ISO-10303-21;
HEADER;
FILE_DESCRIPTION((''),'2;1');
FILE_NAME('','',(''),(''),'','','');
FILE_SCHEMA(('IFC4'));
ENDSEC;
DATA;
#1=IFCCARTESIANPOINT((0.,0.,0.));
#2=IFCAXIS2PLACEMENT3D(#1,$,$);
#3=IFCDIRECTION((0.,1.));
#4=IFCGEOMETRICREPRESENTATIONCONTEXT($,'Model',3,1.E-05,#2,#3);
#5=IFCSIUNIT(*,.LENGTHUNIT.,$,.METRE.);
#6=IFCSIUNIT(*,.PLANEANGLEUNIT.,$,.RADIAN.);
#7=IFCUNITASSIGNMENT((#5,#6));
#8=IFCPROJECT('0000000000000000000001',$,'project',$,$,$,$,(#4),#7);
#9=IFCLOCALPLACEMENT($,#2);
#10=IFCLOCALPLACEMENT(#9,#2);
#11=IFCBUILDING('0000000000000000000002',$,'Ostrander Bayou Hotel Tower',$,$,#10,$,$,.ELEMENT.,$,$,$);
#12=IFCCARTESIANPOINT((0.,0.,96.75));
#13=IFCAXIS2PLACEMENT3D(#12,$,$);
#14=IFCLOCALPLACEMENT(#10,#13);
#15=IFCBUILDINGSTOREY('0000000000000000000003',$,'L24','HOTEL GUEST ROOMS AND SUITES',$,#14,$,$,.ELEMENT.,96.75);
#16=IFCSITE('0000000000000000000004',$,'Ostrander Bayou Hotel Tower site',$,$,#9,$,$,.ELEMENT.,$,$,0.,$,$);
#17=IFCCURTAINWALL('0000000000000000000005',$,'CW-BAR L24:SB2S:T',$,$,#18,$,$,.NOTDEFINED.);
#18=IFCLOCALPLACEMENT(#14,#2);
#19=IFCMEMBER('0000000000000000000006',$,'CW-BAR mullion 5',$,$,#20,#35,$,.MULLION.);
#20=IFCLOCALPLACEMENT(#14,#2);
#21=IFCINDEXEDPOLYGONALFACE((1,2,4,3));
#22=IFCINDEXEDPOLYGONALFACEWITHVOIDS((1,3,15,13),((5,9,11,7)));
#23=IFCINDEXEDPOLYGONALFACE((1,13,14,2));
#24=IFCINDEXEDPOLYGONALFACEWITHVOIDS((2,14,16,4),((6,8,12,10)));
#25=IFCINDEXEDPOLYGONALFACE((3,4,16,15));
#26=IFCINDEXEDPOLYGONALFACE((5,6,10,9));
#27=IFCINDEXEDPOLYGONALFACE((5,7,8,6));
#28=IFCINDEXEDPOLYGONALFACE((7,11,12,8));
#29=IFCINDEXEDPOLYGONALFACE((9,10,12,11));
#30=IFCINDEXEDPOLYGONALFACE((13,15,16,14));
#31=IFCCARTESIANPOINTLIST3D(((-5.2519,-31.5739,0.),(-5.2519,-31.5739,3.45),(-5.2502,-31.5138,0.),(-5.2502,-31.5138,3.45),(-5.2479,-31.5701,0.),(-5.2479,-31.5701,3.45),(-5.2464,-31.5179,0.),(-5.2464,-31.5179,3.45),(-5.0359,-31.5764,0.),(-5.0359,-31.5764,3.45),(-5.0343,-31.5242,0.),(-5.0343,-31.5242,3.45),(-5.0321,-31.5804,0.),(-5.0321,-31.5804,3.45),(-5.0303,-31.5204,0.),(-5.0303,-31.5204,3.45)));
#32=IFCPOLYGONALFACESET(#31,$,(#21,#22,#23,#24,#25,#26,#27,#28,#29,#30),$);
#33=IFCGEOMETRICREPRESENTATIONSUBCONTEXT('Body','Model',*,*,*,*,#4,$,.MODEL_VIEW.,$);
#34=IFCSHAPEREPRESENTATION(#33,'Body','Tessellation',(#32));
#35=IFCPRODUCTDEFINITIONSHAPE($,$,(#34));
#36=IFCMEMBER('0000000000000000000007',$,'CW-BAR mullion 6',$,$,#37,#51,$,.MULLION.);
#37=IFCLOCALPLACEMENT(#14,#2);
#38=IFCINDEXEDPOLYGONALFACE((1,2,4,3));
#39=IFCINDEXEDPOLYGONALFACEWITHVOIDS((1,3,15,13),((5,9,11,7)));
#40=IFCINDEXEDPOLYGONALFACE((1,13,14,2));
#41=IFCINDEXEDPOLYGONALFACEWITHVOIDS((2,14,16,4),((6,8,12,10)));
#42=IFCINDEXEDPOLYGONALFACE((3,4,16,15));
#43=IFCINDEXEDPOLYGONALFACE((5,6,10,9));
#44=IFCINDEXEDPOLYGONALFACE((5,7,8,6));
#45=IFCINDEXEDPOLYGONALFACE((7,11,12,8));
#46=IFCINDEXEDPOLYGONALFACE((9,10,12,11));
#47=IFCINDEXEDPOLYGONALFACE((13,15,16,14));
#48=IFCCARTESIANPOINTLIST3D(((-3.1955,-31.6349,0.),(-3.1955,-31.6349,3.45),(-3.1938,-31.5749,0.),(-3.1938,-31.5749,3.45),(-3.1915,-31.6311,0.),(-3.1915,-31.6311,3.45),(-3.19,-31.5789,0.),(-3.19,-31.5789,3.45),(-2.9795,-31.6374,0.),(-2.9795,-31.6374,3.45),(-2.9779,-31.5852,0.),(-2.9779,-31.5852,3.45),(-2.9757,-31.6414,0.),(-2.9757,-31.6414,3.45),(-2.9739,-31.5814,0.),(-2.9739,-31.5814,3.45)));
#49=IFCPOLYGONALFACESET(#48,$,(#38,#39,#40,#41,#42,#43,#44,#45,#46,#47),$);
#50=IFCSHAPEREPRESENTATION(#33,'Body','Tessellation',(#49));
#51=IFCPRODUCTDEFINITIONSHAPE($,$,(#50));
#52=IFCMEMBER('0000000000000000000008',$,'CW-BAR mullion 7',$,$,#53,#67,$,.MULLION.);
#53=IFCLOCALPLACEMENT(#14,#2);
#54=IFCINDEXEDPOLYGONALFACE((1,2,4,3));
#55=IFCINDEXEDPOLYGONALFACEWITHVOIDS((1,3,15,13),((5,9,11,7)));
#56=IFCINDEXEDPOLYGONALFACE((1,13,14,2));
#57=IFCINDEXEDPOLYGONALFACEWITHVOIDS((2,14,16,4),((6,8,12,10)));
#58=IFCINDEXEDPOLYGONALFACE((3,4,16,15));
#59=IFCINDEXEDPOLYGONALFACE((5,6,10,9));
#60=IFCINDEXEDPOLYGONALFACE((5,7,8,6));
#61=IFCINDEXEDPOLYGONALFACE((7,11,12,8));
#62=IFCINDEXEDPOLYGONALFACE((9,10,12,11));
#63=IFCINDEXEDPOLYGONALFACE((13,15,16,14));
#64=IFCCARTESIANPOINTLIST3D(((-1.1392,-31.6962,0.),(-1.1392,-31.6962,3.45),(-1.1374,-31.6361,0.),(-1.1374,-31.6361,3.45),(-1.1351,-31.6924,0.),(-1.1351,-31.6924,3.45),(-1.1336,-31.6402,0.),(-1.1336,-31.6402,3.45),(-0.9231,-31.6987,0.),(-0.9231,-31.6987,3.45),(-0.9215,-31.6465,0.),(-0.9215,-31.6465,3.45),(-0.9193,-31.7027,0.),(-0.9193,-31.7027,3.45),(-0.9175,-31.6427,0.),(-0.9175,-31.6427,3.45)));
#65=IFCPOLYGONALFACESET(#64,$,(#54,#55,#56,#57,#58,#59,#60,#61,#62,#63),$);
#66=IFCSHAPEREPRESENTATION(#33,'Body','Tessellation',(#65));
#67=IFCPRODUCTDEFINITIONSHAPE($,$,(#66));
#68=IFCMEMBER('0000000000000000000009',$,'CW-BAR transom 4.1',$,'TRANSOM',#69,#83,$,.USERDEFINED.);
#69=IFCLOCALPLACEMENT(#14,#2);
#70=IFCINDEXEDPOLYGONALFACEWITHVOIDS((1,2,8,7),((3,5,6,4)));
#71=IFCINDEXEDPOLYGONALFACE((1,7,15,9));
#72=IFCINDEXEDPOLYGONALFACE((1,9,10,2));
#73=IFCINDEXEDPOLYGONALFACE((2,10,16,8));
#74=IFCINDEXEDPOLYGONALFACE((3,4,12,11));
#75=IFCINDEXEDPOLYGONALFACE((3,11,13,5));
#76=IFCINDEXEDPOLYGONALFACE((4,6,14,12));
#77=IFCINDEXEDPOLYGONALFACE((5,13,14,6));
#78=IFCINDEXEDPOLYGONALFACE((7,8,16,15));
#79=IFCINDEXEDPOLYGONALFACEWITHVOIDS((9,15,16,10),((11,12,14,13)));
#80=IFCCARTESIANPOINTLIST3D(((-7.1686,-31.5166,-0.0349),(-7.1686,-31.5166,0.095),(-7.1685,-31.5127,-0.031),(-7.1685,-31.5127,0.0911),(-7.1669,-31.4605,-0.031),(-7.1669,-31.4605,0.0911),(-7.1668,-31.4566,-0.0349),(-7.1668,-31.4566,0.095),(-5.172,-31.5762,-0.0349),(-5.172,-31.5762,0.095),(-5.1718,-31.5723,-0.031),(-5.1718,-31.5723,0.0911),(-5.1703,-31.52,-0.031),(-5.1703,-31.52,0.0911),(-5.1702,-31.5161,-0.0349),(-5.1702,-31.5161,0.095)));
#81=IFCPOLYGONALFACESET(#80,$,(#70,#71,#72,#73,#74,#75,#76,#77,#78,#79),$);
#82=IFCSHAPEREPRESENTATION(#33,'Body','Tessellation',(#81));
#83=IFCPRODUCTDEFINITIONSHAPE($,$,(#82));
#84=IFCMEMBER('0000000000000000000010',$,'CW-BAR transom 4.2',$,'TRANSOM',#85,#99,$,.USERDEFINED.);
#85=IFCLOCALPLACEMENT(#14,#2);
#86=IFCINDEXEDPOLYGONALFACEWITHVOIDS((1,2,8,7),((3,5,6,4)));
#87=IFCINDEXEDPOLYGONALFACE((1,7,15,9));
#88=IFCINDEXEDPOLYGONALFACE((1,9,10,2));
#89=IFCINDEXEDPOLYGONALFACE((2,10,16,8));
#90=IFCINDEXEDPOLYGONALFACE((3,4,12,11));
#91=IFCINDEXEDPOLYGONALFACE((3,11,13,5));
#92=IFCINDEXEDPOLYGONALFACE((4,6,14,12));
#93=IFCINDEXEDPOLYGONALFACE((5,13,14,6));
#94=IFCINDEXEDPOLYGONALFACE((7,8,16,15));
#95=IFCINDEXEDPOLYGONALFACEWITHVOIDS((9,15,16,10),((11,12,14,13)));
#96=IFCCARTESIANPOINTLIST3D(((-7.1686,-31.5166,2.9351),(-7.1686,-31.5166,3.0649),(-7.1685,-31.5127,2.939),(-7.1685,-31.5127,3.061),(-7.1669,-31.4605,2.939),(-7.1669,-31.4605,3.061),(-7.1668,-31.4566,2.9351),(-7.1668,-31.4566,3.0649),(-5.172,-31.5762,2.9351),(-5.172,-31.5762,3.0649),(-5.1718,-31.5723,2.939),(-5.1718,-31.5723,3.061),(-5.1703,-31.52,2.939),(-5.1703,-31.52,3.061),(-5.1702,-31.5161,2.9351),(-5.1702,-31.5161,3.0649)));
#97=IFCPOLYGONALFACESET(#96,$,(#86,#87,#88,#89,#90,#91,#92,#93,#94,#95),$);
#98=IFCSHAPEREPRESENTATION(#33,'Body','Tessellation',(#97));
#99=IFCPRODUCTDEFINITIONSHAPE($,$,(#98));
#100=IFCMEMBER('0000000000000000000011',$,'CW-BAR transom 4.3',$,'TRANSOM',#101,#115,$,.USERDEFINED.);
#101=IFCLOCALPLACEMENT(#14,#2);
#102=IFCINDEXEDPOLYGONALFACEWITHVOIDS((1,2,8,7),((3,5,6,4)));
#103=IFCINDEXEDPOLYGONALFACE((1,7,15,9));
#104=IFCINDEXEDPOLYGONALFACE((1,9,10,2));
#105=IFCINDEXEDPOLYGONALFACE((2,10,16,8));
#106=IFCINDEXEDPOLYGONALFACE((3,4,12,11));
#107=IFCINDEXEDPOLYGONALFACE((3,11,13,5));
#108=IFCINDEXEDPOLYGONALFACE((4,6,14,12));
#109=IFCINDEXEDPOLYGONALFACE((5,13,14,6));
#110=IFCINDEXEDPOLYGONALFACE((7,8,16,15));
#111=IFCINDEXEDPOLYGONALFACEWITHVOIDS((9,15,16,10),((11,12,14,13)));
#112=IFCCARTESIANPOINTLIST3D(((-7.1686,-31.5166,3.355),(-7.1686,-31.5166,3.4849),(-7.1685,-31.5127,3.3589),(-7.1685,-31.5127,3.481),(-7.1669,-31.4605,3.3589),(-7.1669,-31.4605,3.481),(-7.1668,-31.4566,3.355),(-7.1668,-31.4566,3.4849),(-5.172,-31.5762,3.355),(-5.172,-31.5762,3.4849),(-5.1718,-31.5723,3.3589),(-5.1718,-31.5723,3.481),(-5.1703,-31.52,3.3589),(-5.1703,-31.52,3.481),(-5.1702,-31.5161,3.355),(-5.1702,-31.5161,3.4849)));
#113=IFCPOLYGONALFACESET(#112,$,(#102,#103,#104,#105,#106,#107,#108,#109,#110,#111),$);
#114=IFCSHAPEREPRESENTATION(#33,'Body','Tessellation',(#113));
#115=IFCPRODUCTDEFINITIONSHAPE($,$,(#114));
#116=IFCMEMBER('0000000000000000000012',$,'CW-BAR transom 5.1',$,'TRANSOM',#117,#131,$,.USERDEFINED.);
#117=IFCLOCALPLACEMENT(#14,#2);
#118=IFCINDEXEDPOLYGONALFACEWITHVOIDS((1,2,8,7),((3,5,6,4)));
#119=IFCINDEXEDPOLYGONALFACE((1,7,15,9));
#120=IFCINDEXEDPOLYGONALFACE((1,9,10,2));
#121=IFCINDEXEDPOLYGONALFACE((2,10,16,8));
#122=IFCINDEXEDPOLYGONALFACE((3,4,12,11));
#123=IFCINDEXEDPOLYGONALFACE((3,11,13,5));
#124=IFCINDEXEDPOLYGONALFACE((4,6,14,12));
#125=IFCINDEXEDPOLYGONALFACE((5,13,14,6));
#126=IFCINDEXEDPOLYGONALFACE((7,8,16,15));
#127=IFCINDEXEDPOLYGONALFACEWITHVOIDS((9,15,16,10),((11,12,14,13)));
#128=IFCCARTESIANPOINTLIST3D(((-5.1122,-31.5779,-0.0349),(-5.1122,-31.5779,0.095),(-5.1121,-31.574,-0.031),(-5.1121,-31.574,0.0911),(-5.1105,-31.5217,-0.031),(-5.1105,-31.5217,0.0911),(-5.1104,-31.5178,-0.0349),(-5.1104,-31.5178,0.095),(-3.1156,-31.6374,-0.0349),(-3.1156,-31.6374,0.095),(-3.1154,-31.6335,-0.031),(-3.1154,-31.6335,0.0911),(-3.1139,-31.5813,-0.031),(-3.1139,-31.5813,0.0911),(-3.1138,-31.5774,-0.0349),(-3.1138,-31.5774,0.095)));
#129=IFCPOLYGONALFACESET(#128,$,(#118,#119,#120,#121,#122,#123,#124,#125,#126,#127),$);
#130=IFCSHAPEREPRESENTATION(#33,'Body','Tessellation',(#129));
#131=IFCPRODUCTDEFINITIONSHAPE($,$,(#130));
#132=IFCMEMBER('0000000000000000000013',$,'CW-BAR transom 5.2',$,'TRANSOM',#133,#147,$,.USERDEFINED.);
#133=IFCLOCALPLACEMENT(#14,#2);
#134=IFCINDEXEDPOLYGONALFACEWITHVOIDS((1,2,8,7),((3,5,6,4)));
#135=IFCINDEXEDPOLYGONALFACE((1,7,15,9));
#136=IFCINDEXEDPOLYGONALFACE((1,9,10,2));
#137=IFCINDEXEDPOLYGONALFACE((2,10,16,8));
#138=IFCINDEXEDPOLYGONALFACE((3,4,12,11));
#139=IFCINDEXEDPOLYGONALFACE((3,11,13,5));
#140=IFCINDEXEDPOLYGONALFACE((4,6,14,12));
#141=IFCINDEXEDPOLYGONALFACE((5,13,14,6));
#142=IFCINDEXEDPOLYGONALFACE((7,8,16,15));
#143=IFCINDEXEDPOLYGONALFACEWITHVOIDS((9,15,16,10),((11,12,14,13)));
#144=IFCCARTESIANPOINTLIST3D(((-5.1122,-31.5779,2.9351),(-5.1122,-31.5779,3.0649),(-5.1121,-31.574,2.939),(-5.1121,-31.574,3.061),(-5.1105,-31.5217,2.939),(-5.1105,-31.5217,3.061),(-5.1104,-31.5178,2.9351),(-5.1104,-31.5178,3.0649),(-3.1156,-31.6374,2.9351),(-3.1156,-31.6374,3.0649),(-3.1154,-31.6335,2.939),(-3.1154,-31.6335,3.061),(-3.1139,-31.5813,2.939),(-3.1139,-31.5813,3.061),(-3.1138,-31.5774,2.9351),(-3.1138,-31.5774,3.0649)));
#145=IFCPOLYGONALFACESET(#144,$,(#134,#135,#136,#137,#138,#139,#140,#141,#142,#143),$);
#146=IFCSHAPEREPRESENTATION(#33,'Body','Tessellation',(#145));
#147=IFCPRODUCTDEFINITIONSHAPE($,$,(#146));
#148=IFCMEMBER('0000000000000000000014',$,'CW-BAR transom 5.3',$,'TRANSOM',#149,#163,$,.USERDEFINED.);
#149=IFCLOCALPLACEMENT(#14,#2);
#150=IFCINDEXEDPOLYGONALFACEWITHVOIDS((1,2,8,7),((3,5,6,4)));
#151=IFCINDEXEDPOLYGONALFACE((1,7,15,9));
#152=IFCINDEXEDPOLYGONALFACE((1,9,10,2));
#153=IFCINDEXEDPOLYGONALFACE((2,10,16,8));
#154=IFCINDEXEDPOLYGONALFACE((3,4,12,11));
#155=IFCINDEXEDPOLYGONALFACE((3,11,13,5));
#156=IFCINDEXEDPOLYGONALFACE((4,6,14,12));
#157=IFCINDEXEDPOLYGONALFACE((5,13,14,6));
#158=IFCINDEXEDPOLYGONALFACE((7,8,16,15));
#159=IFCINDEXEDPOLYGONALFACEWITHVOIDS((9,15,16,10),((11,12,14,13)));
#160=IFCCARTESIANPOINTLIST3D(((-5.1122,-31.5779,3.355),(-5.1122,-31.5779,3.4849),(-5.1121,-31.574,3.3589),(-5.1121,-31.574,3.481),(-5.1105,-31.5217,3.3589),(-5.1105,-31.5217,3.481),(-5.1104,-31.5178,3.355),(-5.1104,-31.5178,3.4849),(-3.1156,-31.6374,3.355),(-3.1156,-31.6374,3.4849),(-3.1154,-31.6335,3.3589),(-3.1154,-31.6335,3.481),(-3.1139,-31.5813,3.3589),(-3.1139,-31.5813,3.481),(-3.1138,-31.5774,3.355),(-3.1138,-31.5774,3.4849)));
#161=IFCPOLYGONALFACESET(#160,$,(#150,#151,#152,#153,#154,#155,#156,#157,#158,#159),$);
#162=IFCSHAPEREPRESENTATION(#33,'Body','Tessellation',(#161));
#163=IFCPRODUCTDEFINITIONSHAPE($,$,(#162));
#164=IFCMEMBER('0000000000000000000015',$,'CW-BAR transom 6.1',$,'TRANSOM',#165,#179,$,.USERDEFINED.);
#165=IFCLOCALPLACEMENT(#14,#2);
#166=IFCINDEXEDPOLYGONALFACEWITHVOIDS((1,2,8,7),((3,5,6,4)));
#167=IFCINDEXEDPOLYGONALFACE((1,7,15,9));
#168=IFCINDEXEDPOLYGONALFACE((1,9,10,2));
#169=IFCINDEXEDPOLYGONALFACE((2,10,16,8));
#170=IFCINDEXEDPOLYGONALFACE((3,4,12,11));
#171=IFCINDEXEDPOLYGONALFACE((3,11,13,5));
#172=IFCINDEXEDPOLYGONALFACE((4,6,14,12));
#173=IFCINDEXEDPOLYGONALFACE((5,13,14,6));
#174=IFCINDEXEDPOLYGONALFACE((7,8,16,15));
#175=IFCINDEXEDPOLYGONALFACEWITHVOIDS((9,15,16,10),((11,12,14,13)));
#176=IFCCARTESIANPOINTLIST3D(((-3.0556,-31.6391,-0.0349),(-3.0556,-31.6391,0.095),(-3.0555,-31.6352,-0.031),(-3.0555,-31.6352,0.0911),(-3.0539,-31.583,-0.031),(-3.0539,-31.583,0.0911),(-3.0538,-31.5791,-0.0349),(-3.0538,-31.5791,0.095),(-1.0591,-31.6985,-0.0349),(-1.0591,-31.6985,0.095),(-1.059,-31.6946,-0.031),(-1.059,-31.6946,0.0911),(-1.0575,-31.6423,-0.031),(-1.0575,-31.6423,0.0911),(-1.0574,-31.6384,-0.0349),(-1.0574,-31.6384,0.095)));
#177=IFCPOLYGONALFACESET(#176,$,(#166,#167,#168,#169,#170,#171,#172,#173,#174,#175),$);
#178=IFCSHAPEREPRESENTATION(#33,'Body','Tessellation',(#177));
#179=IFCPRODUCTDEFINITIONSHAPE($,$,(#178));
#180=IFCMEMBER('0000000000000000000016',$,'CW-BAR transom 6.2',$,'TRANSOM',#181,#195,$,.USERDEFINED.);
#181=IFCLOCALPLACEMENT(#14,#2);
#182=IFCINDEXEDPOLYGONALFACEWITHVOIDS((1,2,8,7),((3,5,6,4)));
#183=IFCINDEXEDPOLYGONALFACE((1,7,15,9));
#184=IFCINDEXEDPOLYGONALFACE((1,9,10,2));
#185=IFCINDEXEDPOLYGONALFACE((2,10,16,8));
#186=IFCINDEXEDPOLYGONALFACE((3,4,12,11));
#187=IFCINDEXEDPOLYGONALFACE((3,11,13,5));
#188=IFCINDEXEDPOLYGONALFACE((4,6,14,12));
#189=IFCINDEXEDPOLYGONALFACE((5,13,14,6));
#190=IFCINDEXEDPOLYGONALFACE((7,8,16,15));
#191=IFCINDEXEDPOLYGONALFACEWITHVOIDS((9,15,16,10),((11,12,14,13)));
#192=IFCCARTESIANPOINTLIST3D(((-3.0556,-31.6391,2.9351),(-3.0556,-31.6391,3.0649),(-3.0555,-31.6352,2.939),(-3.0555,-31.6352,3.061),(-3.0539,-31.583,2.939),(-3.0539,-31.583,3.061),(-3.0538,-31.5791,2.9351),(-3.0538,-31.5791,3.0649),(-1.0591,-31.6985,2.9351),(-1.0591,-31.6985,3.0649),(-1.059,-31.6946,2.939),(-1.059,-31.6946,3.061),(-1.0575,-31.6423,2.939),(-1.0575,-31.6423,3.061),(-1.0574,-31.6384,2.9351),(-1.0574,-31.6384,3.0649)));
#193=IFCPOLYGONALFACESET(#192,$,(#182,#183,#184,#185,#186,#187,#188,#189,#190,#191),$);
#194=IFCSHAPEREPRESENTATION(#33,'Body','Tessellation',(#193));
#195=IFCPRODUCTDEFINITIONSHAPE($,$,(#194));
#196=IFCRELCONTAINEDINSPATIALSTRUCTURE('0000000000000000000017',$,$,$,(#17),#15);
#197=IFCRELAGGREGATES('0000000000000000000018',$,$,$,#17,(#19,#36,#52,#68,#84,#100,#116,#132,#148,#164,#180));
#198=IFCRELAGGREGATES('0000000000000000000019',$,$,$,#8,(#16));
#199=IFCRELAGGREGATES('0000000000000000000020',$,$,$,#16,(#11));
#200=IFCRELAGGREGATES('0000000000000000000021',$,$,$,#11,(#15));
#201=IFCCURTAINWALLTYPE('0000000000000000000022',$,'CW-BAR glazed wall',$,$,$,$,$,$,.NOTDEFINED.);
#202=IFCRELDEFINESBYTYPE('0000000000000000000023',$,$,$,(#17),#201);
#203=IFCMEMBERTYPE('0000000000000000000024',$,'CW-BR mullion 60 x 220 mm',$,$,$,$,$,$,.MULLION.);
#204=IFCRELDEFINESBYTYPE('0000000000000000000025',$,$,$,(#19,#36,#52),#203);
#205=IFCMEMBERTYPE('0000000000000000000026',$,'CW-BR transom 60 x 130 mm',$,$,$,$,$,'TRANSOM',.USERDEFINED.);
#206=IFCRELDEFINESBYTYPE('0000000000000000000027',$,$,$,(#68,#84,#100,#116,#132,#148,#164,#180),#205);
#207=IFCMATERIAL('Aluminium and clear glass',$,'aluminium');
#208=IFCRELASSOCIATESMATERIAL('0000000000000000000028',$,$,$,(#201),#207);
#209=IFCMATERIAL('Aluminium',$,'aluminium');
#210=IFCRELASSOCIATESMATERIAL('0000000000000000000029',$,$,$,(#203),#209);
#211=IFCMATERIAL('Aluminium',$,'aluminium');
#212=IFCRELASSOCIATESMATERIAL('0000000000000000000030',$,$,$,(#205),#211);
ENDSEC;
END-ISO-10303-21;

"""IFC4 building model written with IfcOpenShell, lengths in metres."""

from ifc_helpers import new_model, si_unit, direction, frame, origin, origin_2d, place, context, subcontext, project, spatial, hollow_rectangle, extrude, material, material_profile, profile_set, type_object, element, aggregate, save


model = new_model("IFC4")

# Units and contexts
model_context = context("Model", 3, precision=1e-05, world=origin(), true_north=direction((0.0, 1.0)))
body_context = subcontext(model_context, "Body", "Model", "MODEL_VIEW")
ifc_project = project(units=[si_unit("LENGTHUNIT", "METRE"), si_unit("PLANEANGLEUNIT", "RADIAN")], contexts=[model_context])

# Site, building, storey
site_placement = place(None, origin())
site = spatial("IfcSite", under=ifc_project, at=site_placement, Name="Ostrander Bayou Hotel Tower site", CompositionType="ELEMENT", RefElevation=0.0)
building_placement = place(site_placement, origin())
building = spatial("IfcBuilding", under=site, at=building_placement, Name="Ostrander Bayou Hotel Tower", CompositionType="ELEMENT")
storey_placement = place(building_placement, frame((0.0, 0.0, 96.75)))
storey = spatial("IfcBuildingStorey", under=building, at=storey_placement, Name="L24", Description="HOTEL GUEST ROOMS AND SUITES", CompositionType="ELEMENT", Elevation=96.75)

# Curtain wall, members
ifc_material_1 = material(Name="Aluminium and clear glass", Category="aluminium")
curtain_wall_type = type_object("IfcCurtainWallType", Name="CW-BAR glazed wall", PredefinedType="NOTDEFINED", material=ifc_material_1)
curtain_wall_placement = place(storey_placement, origin())
curtain_wall = element("IfcCurtainWall", 1, at=curtain_wall_placement, inside=storey, type_object=curtain_wall_type, Name="CW-BAR L24:SB2S:T", PredefinedType="NOTDEFINED")
ifc_material_2 = material(Name="Aluminium", Category="aluminium")
ifc_material_profile_1 = material_profile(ifc_material_2, hollow_rectangle(XDim=0.0601, YDim=0.22, WallThickness=0.0039, at=origin_2d()))
ifc_profile_set_1 = profile_set([ifc_material_profile_1], Name="Aluminium")
member_type_1 = type_object("IfcMemberType", Name="CW-BR mullion 60 x 220 mm", PredefinedType="MULLION", material=ifc_profile_set_1)
member_1_placement = place(storey_placement, frame((-5.1411, -31.5471, 0.0), z_axis=(0.0, 0.0, 1.0), x_axis=(0.029746, 0.999557, 0.0)))
member_1 = element("IfcMember", 2, at=member_1_placement, type_object=member_type_1, Name="CW-BAR mullion 5", PredefinedType="MULLION", context=body_context, shape_type="SweptSolid", body=[
    extrude(hollow_rectangle(XDim=0.0601, YDim=0.22, WallThickness=0.0039, at=origin_2d()), origin(), (0.0, 0.0, 1.0), 3.45),
])
member_2_placement = place(storey_placement, frame((-3.0847, -31.6082, 0.0), z_axis=(0.0, 0.0, 1.0), x_axis=(0.029746, 0.999557, 0.0)))
member_2 = element("IfcMember", 3, at=member_2_placement, type_object=member_type_1, Name="CW-BAR mullion 6", PredefinedType="MULLION", context=body_context, shape_type="SweptSolid", body=[
    extrude(hollow_rectangle(XDim=0.0601, YDim=0.22, WallThickness=0.0039, at=origin_2d()), origin(), (0.0, 0.0, 1.0), 3.45),
])
member_3_placement = place(storey_placement, frame((-1.0283, -31.6694, 0.0), z_axis=(0.0, 0.0, 1.0), x_axis=(0.029746, 0.999557, 0.0)))
member_3 = element("IfcMember", 4, at=member_3_placement, type_object=member_type_1, Name="CW-BAR mullion 7", PredefinedType="MULLION", context=body_context, shape_type="SweptSolid", body=[
    extrude(hollow_rectangle(XDim=0.0601, YDim=0.22, WallThickness=0.0039, at=origin_2d()), origin(), (0.0, 0.0, 1.0), 3.45),
])
ifc_material_3 = material(Name="Aluminium", Category="aluminium")
ifc_material_profile_2 = material_profile(ifc_material_3, hollow_rectangle(XDim=0.0601, YDim=0.1299, WallThickness=0.0039, at=origin_2d()))
ifc_profile_set_2 = profile_set([ifc_material_profile_2], Name="Aluminium")
member_type_2 = type_object("IfcMemberType", Name="CW-BR transom 60 x 130 mm", ElementType="TRANSOM", PredefinedType="USERDEFINED", material=ifc_profile_set_2)
member_4_placement = place(storey_placement, frame((-7.1677, -31.4866, 0.03), z_axis=(0.999555, -0.029823, 0.0), x_axis=(0.029823, 0.999555, 0.0)))
member_4 = element("IfcMember", 5, at=member_4_placement, type_object=member_type_2, Name="CW-BAR transom 4.1", ObjectType="TRANSOM", PredefinedType="USERDEFINED", context=body_context, shape_type="SweptSolid", body=[
    extrude(hollow_rectangle(XDim=0.0601, YDim=0.1299, WallThickness=0.0039, at=origin_2d()), origin(), (0.0, 0.0, 1.0), 1.9976),
])
member_5_placement = place(storey_placement, frame((-7.1677, -31.4866, 3.0), z_axis=(0.999555, -0.029823, 0.0), x_axis=(0.029823, 0.999555, 0.0)))
member_5 = element("IfcMember", 6, at=member_5_placement, type_object=member_type_2, Name="CW-BAR transom 4.2", ObjectType="TRANSOM", PredefinedType="USERDEFINED", context=body_context, shape_type="SweptSolid", body=[
    extrude(hollow_rectangle(XDim=0.0601, YDim=0.1299, WallThickness=0.0039, at=origin_2d()), origin(), (0.0, 0.0, 1.0), 1.9976),
])
member_6_placement = place(storey_placement, frame((-7.1677, -31.4866, 3.4199), z_axis=(0.999555, -0.029823, 0.0), x_axis=(0.029823, 0.999555, 0.0)))
member_6 = element("IfcMember", 7, at=member_6_placement, type_object=member_type_2, Name="CW-BAR transom 4.3", ObjectType="TRANSOM", PredefinedType="USERDEFINED", context=body_context, shape_type="SweptSolid", body=[
    extrude(hollow_rectangle(XDim=0.0601, YDim=0.1299, WallThickness=0.0039, at=origin_2d()), origin(), (0.0, 0.0, 1.0), 1.9976),
])
member_7_placement = place(storey_placement, frame((-5.1113, -31.5479, 0.03), z_axis=(0.999555, -0.029823, 0.0), x_axis=(0.029823, 0.999555, 0.0)))
member_7 = element("IfcMember", 8, at=member_7_placement, type_object=member_type_2, Name="CW-BAR transom 5.1", ObjectType="TRANSOM", PredefinedType="USERDEFINED", context=body_context, shape_type="SweptSolid", body=[
    extrude(hollow_rectangle(XDim=0.0601, YDim=0.1299, WallThickness=0.0039, at=origin_2d()), origin(), (0.0, 0.0, 1.0), 1.9976),
])
member_8_placement = place(storey_placement, frame((-5.1113, -31.5479, 3.0), z_axis=(0.999555, -0.029823, 0.0), x_axis=(0.029823, 0.999555, 0.0)))
member_8 = element("IfcMember", 9, at=member_8_placement, type_object=member_type_2, Name="CW-BAR transom 5.2", ObjectType="TRANSOM", PredefinedType="USERDEFINED", context=body_context, shape_type="SweptSolid", body=[
    extrude(hollow_rectangle(XDim=0.0601, YDim=0.1299, WallThickness=0.0039, at=origin_2d()), origin(), (0.0, 0.0, 1.0), 1.9976),
])
member_9_placement = place(storey_placement, frame((-5.1113, -31.5479, 3.4199), z_axis=(0.999555, -0.029823, 0.0), x_axis=(0.029823, 0.999555, 0.0)))
member_9 = element("IfcMember", 10, at=member_9_placement, type_object=member_type_2, Name="CW-BAR transom 5.3", ObjectType="TRANSOM", PredefinedType="USERDEFINED", context=body_context, shape_type="SweptSolid", body=[
    extrude(hollow_rectangle(XDim=0.0601, YDim=0.1299, WallThickness=0.0039, at=origin_2d()), origin(), (0.0, 0.0, 1.0), 1.9976),
])
member_10_placement = place(storey_placement, frame((-3.0547, -31.6091, 0.03), z_axis=(0.999559, -0.029704, 0.0), x_axis=(0.029704, 0.999559, 0.0)))
member_10 = element("IfcMember", 11, at=member_10_placement, type_object=member_type_2, Name="CW-BAR transom 6.1", ObjectType="TRANSOM", PredefinedType="USERDEFINED", context=body_context, shape_type="SweptSolid", body=[
    extrude(hollow_rectangle(XDim=0.0601, YDim=0.1299, WallThickness=0.0039, at=origin_2d()), origin(), (0.0, 0.0, 1.0), 1.9973),
])
member_11_placement = place(storey_placement, frame((-3.0547, -31.6091, 3.0), z_axis=(0.999559, -0.029704, 0.0), x_axis=(0.029704, 0.999559, 0.0)))
member_11 = element("IfcMember", 12, at=member_11_placement, type_object=member_type_2, Name="CW-BAR transom 6.2", ObjectType="TRANSOM", PredefinedType="USERDEFINED", context=body_context, shape_type="SweptSolid", body=[
    extrude(hollow_rectangle(XDim=0.0601, YDim=0.1299, WallThickness=0.0039, at=origin_2d()), origin(), (0.0, 0.0, 1.0), 1.9973),
])
aggregate(curtain_wall, [member_1, member_2, member_3, member_4, member_5, member_6, member_7, member_8, member_9, member_10, member_11])

save(model, "model.ifc")
